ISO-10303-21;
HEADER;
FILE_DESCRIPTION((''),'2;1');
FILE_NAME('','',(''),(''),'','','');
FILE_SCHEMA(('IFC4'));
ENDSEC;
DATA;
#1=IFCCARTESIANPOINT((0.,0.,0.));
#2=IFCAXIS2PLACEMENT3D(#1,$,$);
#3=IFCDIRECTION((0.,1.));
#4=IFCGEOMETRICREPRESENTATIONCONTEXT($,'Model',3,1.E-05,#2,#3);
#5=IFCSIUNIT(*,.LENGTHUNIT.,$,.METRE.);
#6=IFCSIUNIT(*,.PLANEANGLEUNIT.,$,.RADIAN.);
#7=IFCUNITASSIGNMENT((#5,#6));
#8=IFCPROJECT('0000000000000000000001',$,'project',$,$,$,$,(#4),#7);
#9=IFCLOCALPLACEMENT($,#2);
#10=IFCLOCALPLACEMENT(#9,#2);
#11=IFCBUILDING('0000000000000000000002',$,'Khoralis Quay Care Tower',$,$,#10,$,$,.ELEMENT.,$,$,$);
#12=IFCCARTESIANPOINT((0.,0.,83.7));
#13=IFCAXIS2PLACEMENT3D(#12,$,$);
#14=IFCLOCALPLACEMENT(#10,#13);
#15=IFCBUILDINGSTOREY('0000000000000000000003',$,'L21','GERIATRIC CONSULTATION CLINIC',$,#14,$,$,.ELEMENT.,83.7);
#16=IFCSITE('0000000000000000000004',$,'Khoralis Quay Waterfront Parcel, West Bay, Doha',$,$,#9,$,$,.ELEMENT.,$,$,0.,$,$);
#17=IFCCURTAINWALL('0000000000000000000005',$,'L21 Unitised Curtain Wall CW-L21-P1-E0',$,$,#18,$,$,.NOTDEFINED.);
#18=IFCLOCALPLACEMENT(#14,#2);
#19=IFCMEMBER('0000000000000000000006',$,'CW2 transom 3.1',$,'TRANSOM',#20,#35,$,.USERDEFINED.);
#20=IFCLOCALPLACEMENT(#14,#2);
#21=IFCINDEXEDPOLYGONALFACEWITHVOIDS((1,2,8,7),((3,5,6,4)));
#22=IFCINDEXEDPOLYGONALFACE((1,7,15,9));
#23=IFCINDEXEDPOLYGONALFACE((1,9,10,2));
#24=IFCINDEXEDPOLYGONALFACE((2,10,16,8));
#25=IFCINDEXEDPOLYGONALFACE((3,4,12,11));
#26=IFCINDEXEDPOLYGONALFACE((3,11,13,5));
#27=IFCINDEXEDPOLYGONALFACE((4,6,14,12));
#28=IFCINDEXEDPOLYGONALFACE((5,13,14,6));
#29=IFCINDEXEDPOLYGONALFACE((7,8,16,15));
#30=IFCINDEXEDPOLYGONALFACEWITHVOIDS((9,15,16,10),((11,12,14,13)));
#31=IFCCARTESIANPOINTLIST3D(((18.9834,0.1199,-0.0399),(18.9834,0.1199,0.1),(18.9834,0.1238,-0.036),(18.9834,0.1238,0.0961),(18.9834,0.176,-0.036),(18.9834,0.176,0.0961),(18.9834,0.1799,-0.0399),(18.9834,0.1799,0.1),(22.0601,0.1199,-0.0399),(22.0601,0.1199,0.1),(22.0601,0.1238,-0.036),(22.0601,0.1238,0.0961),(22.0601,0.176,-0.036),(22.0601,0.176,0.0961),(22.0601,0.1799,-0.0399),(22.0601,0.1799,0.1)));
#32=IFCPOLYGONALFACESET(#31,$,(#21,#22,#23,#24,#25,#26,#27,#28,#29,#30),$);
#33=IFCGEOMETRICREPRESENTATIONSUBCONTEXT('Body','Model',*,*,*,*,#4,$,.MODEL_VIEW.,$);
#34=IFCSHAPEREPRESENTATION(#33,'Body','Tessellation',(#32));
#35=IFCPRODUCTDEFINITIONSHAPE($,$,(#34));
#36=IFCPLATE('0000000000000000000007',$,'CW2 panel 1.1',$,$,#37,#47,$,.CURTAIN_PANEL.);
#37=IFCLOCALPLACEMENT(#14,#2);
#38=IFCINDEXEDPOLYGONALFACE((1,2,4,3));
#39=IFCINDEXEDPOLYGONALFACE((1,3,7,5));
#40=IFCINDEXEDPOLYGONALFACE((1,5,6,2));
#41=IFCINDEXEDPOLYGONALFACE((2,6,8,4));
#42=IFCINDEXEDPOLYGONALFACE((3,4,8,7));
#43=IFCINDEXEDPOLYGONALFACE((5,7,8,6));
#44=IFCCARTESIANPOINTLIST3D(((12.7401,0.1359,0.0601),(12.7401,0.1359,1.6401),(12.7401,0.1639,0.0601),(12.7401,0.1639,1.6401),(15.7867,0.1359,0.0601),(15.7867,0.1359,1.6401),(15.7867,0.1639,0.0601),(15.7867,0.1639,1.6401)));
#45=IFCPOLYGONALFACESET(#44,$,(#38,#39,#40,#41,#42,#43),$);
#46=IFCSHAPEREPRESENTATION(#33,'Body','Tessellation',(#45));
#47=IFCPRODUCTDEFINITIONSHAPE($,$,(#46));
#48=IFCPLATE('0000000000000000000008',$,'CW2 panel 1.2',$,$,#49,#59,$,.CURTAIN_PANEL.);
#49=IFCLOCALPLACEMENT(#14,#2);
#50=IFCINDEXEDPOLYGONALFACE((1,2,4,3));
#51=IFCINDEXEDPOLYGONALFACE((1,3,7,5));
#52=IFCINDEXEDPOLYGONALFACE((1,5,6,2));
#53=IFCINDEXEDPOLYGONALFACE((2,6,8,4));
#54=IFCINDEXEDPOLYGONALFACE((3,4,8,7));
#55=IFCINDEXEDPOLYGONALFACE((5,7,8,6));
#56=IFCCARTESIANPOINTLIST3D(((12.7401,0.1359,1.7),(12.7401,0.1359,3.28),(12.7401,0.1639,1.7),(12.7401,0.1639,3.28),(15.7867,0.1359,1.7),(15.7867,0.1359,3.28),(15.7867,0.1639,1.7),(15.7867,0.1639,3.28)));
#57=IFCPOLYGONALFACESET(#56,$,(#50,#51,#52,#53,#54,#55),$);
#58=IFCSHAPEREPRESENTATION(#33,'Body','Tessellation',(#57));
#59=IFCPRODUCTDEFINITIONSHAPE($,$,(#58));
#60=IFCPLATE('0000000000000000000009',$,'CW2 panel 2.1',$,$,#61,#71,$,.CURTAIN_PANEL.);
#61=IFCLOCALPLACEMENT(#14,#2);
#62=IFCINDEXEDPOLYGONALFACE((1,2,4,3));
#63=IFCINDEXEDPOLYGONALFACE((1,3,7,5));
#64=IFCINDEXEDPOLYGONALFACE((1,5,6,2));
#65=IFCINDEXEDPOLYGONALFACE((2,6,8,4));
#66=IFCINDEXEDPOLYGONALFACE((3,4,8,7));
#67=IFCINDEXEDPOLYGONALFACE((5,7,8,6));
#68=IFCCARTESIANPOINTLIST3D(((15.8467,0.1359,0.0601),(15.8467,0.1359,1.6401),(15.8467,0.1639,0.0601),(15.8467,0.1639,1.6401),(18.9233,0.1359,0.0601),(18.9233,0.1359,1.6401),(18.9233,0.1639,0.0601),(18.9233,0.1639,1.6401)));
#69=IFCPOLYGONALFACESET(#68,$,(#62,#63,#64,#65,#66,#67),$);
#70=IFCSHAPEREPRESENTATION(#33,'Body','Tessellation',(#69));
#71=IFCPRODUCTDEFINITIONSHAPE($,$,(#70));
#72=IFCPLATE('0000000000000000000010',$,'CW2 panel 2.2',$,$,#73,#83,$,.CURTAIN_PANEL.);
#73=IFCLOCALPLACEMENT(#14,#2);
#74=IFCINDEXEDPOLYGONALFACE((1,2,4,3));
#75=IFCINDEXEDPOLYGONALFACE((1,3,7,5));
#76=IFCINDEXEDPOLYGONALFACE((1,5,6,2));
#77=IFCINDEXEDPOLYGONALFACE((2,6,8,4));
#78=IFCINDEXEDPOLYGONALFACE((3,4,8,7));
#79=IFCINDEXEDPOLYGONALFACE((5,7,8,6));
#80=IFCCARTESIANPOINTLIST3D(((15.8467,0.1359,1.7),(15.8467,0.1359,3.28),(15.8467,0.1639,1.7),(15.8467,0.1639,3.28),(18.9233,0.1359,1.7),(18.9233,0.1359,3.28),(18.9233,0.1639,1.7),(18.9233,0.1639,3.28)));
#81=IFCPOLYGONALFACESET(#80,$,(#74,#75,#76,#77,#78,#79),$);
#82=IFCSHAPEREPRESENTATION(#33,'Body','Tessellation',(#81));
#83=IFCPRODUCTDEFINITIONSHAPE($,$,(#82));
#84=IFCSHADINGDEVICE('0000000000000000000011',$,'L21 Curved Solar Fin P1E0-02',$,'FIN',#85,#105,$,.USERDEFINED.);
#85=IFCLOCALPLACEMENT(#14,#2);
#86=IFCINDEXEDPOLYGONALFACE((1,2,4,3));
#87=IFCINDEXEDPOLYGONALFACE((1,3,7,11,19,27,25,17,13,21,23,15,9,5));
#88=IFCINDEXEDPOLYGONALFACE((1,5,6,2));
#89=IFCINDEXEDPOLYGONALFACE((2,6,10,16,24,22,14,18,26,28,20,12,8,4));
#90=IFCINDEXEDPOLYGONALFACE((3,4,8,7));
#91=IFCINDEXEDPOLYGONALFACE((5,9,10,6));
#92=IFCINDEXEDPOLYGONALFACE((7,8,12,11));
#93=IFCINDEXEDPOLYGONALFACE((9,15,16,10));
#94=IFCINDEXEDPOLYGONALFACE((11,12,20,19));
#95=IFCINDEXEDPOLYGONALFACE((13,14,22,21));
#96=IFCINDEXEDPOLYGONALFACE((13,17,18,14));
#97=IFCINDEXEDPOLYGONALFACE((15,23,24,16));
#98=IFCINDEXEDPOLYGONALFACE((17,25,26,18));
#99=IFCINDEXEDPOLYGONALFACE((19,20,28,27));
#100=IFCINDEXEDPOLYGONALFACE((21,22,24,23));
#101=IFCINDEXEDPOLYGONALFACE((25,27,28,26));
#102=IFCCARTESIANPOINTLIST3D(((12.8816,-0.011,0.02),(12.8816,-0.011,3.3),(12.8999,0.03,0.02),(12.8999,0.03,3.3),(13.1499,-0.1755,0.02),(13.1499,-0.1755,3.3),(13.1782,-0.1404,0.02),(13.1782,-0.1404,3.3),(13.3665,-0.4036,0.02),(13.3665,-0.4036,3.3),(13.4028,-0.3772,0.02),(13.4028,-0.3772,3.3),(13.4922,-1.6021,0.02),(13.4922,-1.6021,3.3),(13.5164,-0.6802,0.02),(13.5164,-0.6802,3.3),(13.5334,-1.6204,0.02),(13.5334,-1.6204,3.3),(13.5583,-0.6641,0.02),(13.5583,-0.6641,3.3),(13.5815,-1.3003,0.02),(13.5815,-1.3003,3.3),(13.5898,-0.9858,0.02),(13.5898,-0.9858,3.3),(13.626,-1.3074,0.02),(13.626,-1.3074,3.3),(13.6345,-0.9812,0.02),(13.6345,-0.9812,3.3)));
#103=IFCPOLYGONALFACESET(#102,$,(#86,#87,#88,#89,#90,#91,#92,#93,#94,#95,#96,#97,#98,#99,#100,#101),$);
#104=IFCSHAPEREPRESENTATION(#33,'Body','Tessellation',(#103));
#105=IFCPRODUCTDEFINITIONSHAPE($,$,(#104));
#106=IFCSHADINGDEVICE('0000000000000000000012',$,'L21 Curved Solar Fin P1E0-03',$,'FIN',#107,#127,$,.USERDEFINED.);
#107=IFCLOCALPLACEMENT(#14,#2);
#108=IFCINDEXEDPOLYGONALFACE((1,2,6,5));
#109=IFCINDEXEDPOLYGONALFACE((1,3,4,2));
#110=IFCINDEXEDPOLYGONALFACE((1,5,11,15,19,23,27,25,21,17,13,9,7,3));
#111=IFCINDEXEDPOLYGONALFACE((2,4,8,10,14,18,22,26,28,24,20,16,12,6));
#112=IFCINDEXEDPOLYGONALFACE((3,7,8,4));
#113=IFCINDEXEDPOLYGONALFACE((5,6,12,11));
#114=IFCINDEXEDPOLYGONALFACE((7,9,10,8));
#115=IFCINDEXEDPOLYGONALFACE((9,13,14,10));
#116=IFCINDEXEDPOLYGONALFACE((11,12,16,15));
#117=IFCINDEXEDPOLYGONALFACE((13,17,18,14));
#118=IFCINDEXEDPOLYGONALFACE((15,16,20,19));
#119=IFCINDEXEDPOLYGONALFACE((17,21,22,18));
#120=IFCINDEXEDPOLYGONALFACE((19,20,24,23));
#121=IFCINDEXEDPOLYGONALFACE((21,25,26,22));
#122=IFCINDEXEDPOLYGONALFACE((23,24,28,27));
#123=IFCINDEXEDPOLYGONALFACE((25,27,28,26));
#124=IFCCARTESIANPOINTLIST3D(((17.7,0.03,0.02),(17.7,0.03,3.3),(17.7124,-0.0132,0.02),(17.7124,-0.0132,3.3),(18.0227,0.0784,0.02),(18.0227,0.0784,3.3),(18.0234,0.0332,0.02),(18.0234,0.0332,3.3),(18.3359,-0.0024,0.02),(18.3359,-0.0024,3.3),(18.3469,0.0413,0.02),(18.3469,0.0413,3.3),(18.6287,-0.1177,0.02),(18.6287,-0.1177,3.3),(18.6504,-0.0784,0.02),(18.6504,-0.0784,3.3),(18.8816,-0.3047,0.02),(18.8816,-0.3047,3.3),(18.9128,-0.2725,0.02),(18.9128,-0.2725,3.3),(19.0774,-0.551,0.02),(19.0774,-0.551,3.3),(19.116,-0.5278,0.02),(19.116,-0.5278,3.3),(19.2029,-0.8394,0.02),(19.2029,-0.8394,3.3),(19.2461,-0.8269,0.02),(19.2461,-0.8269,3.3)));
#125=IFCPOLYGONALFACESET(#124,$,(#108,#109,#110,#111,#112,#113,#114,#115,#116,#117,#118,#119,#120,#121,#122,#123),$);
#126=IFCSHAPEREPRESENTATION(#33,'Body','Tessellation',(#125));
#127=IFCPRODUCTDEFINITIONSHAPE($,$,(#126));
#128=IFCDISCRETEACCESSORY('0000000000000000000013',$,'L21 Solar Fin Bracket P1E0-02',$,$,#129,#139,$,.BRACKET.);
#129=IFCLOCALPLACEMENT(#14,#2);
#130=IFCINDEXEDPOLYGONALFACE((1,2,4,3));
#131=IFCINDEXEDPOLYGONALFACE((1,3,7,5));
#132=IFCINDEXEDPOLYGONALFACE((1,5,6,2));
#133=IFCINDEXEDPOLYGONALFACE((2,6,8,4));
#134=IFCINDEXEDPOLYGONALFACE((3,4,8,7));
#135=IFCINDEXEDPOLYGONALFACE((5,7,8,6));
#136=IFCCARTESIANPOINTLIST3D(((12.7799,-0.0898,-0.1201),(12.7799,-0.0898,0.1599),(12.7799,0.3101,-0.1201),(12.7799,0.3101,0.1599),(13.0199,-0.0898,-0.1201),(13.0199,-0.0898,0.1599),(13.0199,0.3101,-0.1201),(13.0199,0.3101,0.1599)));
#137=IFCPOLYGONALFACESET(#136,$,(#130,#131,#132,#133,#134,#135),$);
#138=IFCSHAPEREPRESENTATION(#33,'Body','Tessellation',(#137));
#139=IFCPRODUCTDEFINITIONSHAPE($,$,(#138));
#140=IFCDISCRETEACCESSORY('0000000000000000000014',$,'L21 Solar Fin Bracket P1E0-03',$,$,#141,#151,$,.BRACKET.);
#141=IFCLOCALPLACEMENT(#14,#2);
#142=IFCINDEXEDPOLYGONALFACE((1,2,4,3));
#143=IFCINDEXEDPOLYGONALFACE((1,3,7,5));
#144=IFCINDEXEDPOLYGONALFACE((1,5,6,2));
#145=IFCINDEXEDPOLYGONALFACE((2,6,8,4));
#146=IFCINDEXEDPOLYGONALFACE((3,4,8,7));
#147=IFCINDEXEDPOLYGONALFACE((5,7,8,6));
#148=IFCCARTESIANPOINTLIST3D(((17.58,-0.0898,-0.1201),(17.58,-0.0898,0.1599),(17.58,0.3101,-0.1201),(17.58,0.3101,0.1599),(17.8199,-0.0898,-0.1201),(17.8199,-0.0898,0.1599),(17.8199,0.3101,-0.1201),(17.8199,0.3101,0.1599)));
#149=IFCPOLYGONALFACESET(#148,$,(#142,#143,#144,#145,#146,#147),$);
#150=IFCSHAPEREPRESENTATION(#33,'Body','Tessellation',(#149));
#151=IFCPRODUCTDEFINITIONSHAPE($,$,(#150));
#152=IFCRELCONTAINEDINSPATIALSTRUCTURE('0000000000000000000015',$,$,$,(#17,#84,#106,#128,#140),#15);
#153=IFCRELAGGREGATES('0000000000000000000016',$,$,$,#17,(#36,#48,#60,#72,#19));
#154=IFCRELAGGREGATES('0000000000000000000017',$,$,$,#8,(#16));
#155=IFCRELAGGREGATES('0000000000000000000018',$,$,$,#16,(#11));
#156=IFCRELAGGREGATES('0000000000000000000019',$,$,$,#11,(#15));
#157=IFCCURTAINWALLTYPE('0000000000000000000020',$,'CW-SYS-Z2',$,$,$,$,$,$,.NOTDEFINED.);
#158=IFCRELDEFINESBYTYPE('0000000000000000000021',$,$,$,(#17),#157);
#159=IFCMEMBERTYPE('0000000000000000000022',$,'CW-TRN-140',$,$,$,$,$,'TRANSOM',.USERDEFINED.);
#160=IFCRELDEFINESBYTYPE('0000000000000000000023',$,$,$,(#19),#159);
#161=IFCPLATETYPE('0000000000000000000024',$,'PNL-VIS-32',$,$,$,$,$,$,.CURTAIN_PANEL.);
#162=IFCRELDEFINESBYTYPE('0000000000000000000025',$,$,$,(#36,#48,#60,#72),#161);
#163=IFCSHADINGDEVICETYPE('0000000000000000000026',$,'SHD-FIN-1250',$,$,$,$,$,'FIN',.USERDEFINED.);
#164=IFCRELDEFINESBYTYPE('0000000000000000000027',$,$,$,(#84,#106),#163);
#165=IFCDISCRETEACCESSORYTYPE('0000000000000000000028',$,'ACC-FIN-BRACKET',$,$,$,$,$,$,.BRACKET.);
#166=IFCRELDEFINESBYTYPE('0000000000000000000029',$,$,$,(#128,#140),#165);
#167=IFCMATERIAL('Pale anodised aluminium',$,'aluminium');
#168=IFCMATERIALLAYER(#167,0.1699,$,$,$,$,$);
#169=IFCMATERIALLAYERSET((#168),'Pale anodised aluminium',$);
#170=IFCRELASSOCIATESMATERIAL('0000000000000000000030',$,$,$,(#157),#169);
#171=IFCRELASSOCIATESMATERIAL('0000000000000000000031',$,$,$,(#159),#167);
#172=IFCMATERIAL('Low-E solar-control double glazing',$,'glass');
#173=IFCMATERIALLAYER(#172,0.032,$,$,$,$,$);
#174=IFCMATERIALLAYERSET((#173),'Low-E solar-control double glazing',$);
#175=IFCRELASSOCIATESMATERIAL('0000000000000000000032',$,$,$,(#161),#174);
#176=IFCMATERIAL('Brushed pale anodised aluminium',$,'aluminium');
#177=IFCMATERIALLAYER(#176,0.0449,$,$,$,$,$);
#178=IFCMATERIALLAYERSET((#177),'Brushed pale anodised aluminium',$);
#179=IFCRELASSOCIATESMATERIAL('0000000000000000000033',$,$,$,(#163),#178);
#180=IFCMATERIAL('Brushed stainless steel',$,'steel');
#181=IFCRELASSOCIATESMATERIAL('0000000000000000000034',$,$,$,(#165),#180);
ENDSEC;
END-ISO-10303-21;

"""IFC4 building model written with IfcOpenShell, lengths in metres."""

from ifc_helpers import new_model, si_unit, direction, frame, origin, origin_2d, place, context, subcontext, project, spatial, polyline, rectangle, hollow_rectangle, outline, extrude, source, transform, mapped, material, layer, layer_set, material_profile, profile_set, type_object, element, aggregate, save


model = new_model("IFC4")

# Units and contexts
model_context = context("Model", 3, precision=1e-05, world=origin(), true_north=direction((0.0, 1.0)))
body_context = subcontext(model_context, "Body", "Model", "MODEL_VIEW")
ifc_project = project(units=[si_unit("LENGTHUNIT", "METRE"), si_unit("PLANEANGLEUNIT", "RADIAN")], contexts=[model_context])

# Site, building, storey
site_placement = place(None, origin())
site = spatial("IfcSite", under=ifc_project, at=site_placement, Name="Khoralis Quay Waterfront Parcel, West Bay, Doha", CompositionType="ELEMENT", RefElevation=0.0)
building_placement = place(site_placement, origin())
building = spatial("IfcBuilding", under=site, at=building_placement, Name="Khoralis Quay Care Tower", CompositionType="ELEMENT")
storey_placement = place(building_placement, frame((0.0, 0.0, 83.7)))
storey = spatial("IfcBuildingStorey", under=building, at=storey_placement, Name="L21", Description="GERIATRIC CONSULTATION CLINIC", CompositionType="ELEMENT", Elevation=83.7)

# Curtain wall, member, plates
ifc_material_1 = material(Name="Pale anodised aluminium", Category="aluminium")
ifc_layer_1 = layer(ifc_material_1, 0.1699)
ifc_layer_set_1 = layer_set([ifc_layer_1], Name="Pale anodised aluminium")
curtain_wall_type = type_object("IfcCurtainWallType", Name="CW-SYS-Z2", PredefinedType="NOTDEFINED", material=ifc_layer_set_1)
curtain_wall_placement = place(storey_placement, origin())
curtain_wall = element("IfcCurtainWall", 1, at=curtain_wall_placement, inside=storey, type_object=curtain_wall_type, Name="L21 Unitised Curtain Wall CW-L21-P1-E0", PredefinedType="NOTDEFINED")
ifc_material_profile_1 = material_profile(ifc_material_1, hollow_rectangle(XDim=0.0601, YDim=0.1399, WallThickness=0.0039, at=origin_2d()), Name="Pale anodised aluminium")
ifc_profile_set_1 = profile_set([ifc_material_profile_1], Name="Pale anodised aluminium")
member_type_1 = type_object("IfcMemberType", Name="CW-TRN-140", ElementType="TRANSOM", PredefinedType="USERDEFINED", material=ifc_profile_set_1)
shared_shape_1 = source(origin(), body_context, "Body", "SweptSolid", [
    extrude(hollow_rectangle(XDim=0.0601, YDim=0.1399, WallThickness=0.0039, at=origin_2d()), origin(), (0.0, 0.0, 1.0), 3.0767),
])
member_1_placement = place(storey_placement, frame((18.9834, 0.1499, 0.03), z_axis=(1.0, 0.0, 0.0), x_axis=(0.0, 1.0, 0.0)))
member_1 = element("IfcMember", 2, at=member_1_placement, type_object=member_type_1, Name="CW2 transom 3.1", ObjectType="TRANSOM", PredefinedType="USERDEFINED", context=body_context, shape_type="MappedRepresentation", body=[
    mapped(shared_shape_1, transform((0.0, 0.0, 0.0), scale=1.0)),
])
ifc_material_2 = material(Name="Low-E solar-control double glazing", Category="glass")
ifc_layer_2 = layer(ifc_material_2, 0.032)
ifc_layer_set_2 = layer_set([ifc_layer_2], Name="Low-E solar-control double glazing")
plate_type = type_object("IfcPlateType", Name="PNL-VIS-32", PredefinedType="CURTAIN_PANEL", material=ifc_layer_set_2)
shared_shape_2 = source(origin(), body_context, "Body", "SweptSolid", [
    extrude(rectangle(XDim=3.0466, YDim=0.0281, at=origin_2d()), origin(), (0.0, 0.0, 1.0), 1.5801),
])
plate_1_placement = place(storey_placement, frame((14.2634, 0.1499, 0.0601), z_axis=(0.0, 0.0, 1.0), x_axis=(1.0, 0.0, 0.0)))
plate_1 = element("IfcPlate", 3, at=plate_1_placement, type_object=plate_type, Name="CW2 panel 1.1", PredefinedType="CURTAIN_PANEL", context=body_context, shape_type="MappedRepresentation", body=[
    mapped(shared_shape_2, transform((0.0, 0.0, 0.0), scale=1.0)),
])
plate_2_placement = place(storey_placement, frame((14.2634, 0.1499, 1.7), z_axis=(0.0, 0.0, 1.0), x_axis=(1.0, 0.0, 0.0)))
plate_2 = element("IfcPlate", 4, at=plate_2_placement, type_object=plate_type, Name="CW2 panel 1.2", PredefinedType="CURTAIN_PANEL", context=body_context, shape_type="MappedRepresentation", body=[
    mapped(shared_shape_2, transform((0.0, 0.0, 0.0), scale=1.0)),
])
shared_shape_3 = source(origin(), body_context, "Body", "SweptSolid", [
    extrude(rectangle(XDim=3.0767, YDim=0.0281, at=origin_2d()), origin(), (0.0, 0.0, 1.0), 1.5801),
])
plate_3_placement = place(storey_placement, frame((17.385, 0.1499, 0.0601), z_axis=(0.0, 0.0, 1.0), x_axis=(1.0, 0.0, 0.0)))
plate_3 = element("IfcPlate", 5, at=plate_3_placement, type_object=plate_type, Name="CW2 panel 2.1", PredefinedType="CURTAIN_PANEL", context=body_context, shape_type="MappedRepresentation", body=[
    mapped(shared_shape_3, transform((0.0, 0.0, 0.0), scale=1.0)),
])
plate_4_placement = place(storey_placement, frame((17.385, 0.1499, 1.7), z_axis=(0.0, 0.0, 1.0), x_axis=(1.0, 0.0, 0.0)))
plate_4 = element("IfcPlate", 6, at=plate_4_placement, type_object=plate_type, Name="CW2 panel 2.2", PredefinedType="CURTAIN_PANEL", context=body_context, shape_type="MappedRepresentation", body=[
    mapped(shared_shape_3, transform((0.0, 0.0, 0.0), scale=1.0)),
])
aggregate(curtain_wall, [plate_1, plate_2, plate_3, plate_4, member_1])

# Shading devices
ifc_material_3 = material(Name="Brushed pale anodised aluminium", Category="aluminium")
ifc_layer_3 = layer(ifc_material_3, 0.0449)
ifc_layer_set_3 = layer_set([ifc_layer_3], Name="Brushed pale anodised aluminium")
shading_device_type = type_object("IfcShadingDeviceType", Name="SHD-FIN-1250", ElementType="FIN", PredefinedType="USERDEFINED", material=ifc_layer_set_3)
shared_shape_4 = source(origin(), body_context, "Body", "SweptSolid", [
    extrude(outline(polyline([(0.0, 0.0), (0.1704, 0.2783), (0.4072, 0.5029), (0.6941, 0.6584), (1.0112, 0.7346), (1.3374, 0.7261), (1.6504, 0.6335), (1.6321, 0.5923), (1.3303, 0.6816), (1.0159, 0.6899), (0.7102, 0.6165), (0.4336, 0.4666), (0.2056, 0.25), (0.041, -0.0183), (0.0, 0.0)])), origin(), (0.0, 0.0, 1.0), 3.28),
])
shading_device_1_placement = place(storey_placement, frame((12.8999, 0.03, 0.02), z_axis=(0.0, 0.0, 1.0), x_axis=(0.0, -1.0, 0.0)))
element("IfcShadingDevice", 7, at=shading_device_1_placement, inside=storey, type_object=shading_device_type, Name="L21 Curved Solar Fin P1E0-02", ObjectType="FIN", PredefinedType="USERDEFINED", context=body_context, shape_type="MappedRepresentation", body=[
    mapped(shared_shape_4, transform((0.0, 0.0, 0.0), scale=1.0)),
])
shared_shape_5 = source(origin(), body_context, "Body", "SweptSolid", [
    extrude(outline(polyline([(0.0, 0.0), (-0.0483, 0.3228), (-0.0112, 0.647), (0.1084, 0.9504), (0.3025, 1.2129), (0.5579, 1.416), (0.8569, 1.5461), (0.8694, 1.5029), (0.5811, 1.3774), (0.3347, 1.1816), (0.1477, 0.9287), (0.0325, 0.636), (-0.0032, 0.3235), (0.0432, 0.0125), (0.0, 0.0)])), origin(), (0.0, 0.0, 1.0), 3.28),
])
shading_device_2_placement = place(storey_placement, frame((17.7, 0.03, 0.02), z_axis=(0.0, 0.0, 1.0), x_axis=(0.0, -1.0, 0.0)))
element("IfcShadingDevice", 8, at=shading_device_2_placement, inside=storey, type_object=shading_device_type, Name="L21 Curved Solar Fin P1E0-03", ObjectType="FIN", PredefinedType="USERDEFINED", context=body_context, shape_type="MappedRepresentation", body=[
    mapped(shared_shape_5, transform((0.0, 0.0, 0.0), scale=1.0)),
])

# Discrete accessories
ifc_material_4 = material(Name="Brushed stainless steel", Category="steel")
discrete_accessory_type = type_object("IfcDiscreteAccessoryType", Name="ACC-FIN-BRACKET", PredefinedType="BRACKET", material=ifc_material_4)
shared_shape_6 = source(origin(), body_context, "Body", "SweptSolid", [
    extrude(rectangle(XDim=0.3999, YDim=0.24, at=origin_2d()), origin(), (0.0, 0.0, 1.0), 0.28),
])
for number, where, z_axis, x_axis, name in (
    (9, (12.8999, 0.1101, -0.1201), (0.0, 0.0, 1.0), (0.0, -1.0, 0.0), "L21 Solar Fin Bracket P1E0-02"),
    (10, (17.7, 0.1101, -0.1201), (0.0, 0.0, 1.0), (0.0, -1.0, 0.0), "L21 Solar Fin Bracket P1E0-03"),
):
    element("IfcDiscreteAccessory", number, at=place(storey_placement, frame(where, z_axis=z_axis, x_axis=x_axis)), inside=storey, type_object=discrete_accessory_type, Name=name, PredefinedType="BRACKET", context=body_context, shape_type="MappedRepresentation", body=[
        mapped(shared_shape_6, transform((0.0, 0.0, 0.0), scale=1.0)),
    ])

save(model, "model.ifc")
